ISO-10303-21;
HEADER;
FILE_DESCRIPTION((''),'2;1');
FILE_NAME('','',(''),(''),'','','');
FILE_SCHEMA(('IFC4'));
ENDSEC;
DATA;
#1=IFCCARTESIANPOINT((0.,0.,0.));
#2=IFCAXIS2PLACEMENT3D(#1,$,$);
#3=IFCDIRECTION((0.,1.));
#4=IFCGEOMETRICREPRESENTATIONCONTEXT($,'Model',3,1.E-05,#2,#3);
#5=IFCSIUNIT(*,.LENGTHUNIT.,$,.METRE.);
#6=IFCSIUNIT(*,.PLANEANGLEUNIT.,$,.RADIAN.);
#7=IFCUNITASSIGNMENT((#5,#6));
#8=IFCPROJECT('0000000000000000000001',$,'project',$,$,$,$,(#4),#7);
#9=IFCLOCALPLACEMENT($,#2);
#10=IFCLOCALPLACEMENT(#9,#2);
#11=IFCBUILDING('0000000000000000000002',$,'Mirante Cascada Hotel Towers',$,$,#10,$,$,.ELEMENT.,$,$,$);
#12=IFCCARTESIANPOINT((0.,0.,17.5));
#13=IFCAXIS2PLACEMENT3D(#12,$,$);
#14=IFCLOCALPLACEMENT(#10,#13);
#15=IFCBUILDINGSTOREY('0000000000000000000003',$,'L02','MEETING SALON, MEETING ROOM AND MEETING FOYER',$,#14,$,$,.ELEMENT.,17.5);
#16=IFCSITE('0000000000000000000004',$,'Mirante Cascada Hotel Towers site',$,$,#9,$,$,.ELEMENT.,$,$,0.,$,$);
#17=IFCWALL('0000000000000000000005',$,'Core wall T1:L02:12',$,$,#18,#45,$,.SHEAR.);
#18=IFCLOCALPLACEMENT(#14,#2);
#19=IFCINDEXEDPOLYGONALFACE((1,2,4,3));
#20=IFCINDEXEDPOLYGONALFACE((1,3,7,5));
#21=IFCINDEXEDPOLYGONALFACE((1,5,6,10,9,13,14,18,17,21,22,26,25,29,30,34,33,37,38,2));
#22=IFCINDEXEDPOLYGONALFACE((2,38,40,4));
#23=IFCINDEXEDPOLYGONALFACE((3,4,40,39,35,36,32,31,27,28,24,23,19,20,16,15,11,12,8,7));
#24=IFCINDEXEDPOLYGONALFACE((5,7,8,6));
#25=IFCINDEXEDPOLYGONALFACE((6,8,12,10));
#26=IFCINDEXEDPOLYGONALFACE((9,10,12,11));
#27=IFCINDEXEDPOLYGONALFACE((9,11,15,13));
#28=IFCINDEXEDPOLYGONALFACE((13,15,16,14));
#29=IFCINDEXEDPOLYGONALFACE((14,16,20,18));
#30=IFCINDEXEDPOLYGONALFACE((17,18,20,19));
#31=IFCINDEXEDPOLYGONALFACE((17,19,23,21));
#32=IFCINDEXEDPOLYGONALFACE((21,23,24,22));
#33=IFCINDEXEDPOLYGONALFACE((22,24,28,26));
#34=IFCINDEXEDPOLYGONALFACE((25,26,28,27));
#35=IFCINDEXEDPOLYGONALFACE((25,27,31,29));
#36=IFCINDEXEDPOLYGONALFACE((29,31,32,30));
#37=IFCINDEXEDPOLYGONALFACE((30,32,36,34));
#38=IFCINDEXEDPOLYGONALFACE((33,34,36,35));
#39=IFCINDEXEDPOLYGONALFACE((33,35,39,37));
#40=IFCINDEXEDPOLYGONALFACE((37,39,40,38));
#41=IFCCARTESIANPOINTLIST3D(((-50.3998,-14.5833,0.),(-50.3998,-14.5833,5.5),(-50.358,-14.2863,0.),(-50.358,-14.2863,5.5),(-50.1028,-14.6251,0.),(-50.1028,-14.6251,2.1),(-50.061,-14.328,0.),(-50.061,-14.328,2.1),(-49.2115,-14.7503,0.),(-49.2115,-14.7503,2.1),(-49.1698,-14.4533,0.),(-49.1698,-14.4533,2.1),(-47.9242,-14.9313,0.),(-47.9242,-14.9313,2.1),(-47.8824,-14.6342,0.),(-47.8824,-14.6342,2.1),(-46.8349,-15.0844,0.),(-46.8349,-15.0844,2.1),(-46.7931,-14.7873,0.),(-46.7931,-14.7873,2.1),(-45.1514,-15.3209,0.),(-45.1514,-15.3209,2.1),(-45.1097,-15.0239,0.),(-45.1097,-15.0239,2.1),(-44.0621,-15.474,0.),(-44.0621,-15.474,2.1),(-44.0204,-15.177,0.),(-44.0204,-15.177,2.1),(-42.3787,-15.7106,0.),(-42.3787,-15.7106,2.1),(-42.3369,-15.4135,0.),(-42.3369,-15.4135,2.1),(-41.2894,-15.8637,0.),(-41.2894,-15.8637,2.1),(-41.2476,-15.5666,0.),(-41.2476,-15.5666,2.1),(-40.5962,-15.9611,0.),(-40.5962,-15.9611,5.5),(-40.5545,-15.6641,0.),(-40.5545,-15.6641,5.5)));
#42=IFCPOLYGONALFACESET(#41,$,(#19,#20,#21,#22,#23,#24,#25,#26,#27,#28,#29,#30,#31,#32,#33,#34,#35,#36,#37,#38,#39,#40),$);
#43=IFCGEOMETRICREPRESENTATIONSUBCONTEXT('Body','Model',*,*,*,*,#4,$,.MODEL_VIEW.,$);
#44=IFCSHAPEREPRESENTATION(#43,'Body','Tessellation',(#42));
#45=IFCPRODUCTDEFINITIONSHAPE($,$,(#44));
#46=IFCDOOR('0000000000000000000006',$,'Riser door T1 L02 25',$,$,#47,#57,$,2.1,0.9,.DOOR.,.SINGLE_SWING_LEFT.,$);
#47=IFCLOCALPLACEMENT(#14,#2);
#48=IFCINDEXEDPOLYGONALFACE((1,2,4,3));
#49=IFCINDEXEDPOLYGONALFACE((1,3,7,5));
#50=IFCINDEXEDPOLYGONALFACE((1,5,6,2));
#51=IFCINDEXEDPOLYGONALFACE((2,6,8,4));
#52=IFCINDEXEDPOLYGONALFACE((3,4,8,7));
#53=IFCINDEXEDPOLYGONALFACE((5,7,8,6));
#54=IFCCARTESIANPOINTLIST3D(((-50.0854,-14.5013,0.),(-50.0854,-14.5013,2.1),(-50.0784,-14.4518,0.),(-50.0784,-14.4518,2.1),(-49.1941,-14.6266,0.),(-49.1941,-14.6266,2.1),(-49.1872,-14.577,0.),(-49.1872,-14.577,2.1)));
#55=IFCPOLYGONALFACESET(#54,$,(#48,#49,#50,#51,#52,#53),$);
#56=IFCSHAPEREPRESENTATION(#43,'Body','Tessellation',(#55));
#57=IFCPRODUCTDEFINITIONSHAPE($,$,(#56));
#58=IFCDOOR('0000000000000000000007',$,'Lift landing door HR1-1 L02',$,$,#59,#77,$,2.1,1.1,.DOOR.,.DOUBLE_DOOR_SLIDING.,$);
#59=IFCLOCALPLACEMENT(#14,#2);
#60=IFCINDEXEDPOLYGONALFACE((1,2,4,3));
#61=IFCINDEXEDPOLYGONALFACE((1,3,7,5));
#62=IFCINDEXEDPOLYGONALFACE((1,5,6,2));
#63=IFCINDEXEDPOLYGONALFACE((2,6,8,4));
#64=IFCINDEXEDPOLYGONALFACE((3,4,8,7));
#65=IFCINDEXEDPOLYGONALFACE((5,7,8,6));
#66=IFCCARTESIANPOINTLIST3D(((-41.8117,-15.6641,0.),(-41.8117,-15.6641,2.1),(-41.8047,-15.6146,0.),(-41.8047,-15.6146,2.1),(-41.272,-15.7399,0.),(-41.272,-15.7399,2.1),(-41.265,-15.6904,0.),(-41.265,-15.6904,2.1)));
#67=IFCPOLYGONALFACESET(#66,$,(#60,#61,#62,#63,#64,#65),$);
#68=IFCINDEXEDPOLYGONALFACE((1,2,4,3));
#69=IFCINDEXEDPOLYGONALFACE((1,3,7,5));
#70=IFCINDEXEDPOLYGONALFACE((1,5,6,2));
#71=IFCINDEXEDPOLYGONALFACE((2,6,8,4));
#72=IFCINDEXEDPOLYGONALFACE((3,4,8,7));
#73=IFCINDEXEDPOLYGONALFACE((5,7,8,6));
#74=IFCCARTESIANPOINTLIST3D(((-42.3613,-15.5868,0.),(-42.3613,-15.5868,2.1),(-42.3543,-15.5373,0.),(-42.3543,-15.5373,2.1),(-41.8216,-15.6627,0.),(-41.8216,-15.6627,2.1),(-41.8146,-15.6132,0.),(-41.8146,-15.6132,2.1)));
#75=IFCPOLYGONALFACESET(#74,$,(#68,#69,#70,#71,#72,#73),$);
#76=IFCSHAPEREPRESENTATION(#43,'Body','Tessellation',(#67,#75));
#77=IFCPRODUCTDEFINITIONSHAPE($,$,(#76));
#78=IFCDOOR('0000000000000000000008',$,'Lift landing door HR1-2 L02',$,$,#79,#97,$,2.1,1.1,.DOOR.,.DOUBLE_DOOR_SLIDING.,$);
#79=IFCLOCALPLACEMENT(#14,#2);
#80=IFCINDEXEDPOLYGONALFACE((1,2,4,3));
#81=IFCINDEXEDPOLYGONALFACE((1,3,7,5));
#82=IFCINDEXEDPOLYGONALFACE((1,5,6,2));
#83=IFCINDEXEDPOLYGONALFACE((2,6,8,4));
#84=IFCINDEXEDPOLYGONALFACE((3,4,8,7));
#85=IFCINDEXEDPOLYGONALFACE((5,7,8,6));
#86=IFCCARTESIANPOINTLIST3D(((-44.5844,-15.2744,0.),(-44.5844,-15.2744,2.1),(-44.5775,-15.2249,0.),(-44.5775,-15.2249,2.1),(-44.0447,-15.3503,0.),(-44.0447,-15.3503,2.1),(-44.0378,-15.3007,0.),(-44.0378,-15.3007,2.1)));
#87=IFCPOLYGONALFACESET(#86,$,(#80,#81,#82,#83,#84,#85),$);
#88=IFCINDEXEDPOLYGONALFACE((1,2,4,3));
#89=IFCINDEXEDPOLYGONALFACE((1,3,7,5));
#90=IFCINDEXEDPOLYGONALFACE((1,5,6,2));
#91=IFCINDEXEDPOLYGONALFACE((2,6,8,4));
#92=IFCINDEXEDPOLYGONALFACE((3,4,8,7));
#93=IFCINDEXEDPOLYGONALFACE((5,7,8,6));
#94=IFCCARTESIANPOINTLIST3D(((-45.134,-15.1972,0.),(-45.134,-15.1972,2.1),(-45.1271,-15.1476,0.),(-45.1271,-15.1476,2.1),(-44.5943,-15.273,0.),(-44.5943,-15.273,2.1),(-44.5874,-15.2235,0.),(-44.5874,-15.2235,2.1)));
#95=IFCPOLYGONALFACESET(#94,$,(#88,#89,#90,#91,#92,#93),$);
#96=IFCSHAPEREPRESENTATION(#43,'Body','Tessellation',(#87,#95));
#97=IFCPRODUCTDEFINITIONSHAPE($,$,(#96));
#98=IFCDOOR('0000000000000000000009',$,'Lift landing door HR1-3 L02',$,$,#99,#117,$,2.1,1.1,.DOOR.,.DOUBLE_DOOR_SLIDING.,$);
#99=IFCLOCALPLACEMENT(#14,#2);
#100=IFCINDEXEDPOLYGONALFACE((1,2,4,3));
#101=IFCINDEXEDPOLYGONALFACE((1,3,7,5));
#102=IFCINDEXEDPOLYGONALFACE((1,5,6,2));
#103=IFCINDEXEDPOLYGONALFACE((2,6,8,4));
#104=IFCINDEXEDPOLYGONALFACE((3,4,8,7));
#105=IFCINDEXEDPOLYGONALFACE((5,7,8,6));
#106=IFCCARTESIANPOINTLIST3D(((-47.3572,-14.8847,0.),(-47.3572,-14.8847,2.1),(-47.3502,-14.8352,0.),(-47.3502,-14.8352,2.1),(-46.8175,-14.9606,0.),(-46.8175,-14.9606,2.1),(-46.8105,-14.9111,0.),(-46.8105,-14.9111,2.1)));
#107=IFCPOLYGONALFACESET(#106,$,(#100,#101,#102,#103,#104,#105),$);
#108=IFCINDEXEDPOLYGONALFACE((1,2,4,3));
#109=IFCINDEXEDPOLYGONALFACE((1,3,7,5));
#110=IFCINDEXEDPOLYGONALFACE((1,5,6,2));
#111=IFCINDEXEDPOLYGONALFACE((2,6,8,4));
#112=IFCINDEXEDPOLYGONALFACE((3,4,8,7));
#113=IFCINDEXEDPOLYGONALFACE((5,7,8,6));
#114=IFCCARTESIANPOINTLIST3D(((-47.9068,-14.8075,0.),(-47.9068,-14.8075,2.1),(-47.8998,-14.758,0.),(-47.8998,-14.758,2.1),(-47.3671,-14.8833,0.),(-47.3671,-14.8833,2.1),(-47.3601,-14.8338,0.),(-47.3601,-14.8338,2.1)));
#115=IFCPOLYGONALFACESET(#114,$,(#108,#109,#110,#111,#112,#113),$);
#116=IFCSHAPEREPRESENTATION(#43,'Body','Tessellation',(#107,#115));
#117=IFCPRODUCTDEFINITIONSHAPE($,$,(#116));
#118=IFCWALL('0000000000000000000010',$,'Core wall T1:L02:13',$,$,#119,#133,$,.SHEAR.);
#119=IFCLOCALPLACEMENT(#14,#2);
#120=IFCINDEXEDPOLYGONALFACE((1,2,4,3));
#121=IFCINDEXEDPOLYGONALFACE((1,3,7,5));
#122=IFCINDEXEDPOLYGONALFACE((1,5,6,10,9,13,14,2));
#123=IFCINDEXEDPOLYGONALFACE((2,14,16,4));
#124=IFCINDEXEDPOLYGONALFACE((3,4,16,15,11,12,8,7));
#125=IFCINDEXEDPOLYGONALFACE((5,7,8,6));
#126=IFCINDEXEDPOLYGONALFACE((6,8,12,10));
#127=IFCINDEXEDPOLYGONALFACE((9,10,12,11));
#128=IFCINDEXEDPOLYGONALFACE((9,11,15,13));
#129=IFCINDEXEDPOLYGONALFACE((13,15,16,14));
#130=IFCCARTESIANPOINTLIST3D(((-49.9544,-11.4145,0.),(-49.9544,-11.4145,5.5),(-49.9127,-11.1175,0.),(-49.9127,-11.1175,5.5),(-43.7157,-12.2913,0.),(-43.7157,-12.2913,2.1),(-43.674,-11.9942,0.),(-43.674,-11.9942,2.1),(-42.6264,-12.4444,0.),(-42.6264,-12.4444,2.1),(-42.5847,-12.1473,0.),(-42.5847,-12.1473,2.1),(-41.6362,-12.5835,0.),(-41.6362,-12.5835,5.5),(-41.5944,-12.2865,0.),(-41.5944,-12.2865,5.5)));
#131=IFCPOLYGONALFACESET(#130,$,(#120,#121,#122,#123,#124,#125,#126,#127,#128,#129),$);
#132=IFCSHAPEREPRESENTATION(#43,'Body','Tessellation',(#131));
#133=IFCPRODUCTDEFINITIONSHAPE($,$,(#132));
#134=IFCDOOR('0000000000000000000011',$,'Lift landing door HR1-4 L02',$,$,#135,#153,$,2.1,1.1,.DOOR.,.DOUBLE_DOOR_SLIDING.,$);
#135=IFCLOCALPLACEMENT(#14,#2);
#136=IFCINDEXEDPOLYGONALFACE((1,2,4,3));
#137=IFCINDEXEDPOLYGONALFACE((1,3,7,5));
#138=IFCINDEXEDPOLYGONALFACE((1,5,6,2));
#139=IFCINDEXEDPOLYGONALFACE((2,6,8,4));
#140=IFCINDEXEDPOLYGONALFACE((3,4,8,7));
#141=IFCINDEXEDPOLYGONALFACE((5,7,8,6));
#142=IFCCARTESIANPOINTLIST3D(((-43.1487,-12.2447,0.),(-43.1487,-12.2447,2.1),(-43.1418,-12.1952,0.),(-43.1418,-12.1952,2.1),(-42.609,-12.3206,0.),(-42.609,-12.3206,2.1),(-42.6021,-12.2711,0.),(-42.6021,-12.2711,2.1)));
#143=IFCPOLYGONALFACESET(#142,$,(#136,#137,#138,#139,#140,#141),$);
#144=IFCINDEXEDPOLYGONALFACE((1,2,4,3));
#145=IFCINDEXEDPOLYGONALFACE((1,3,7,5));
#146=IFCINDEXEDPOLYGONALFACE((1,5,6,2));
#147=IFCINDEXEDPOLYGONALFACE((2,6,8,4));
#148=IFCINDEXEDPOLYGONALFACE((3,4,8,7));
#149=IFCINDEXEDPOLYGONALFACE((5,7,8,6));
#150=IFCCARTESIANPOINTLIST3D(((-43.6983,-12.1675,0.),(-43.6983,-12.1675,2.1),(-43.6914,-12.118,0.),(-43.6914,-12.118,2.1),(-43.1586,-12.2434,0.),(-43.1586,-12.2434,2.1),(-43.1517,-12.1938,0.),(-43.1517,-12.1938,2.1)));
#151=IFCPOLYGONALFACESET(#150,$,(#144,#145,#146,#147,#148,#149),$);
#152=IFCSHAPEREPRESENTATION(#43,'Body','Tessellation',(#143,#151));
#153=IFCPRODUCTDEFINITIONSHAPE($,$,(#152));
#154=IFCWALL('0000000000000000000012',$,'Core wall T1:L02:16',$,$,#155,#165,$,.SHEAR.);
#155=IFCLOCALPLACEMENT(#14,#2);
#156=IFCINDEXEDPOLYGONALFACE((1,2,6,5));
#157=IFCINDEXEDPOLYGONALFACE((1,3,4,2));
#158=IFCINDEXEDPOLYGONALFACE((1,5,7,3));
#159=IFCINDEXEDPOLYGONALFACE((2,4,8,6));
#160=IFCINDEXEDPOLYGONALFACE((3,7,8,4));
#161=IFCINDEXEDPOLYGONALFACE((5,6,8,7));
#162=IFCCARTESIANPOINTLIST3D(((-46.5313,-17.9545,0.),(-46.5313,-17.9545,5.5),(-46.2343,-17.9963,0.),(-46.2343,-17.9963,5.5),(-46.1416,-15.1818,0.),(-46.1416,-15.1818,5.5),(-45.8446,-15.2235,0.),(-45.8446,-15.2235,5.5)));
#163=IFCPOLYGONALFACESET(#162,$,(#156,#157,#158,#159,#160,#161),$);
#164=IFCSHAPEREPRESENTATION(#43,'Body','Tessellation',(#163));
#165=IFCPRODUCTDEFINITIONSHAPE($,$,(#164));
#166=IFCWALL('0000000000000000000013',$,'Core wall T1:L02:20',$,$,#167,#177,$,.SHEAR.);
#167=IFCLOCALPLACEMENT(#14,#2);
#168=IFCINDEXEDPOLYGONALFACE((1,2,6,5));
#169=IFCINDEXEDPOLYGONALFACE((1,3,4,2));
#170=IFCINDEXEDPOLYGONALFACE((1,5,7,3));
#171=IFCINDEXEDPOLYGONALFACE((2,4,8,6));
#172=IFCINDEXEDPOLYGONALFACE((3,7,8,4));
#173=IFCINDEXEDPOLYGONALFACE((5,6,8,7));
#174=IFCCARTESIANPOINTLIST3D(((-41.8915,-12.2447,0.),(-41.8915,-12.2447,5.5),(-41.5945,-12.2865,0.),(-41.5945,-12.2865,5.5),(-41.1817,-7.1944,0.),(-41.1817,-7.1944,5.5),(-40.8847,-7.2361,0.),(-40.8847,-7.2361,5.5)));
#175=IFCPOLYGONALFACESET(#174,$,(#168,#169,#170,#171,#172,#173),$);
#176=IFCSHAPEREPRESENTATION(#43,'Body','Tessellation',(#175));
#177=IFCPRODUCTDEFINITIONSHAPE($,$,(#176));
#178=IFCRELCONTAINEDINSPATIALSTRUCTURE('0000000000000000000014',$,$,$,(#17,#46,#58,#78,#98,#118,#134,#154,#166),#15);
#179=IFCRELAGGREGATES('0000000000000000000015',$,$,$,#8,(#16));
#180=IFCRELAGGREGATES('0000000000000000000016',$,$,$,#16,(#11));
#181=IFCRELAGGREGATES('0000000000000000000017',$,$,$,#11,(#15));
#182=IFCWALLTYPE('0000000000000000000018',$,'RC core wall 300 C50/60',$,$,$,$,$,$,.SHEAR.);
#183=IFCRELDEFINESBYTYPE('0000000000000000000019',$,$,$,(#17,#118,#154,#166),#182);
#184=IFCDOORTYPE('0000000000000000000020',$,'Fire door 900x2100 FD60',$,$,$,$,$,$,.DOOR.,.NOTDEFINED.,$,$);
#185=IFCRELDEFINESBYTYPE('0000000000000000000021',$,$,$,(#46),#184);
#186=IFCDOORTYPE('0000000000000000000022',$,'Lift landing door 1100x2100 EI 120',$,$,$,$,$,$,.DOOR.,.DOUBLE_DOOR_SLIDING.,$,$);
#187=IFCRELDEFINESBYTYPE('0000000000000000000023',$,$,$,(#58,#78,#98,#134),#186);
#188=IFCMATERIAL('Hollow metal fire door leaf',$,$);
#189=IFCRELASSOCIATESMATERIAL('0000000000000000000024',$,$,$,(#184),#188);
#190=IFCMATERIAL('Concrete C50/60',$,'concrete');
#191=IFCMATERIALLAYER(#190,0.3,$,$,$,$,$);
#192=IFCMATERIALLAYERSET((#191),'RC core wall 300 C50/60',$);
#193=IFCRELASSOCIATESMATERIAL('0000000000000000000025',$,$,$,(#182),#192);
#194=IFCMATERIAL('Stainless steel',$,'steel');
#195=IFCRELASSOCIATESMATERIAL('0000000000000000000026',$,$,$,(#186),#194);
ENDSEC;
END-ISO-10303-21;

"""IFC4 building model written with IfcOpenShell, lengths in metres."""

from ifc_helpers import new_model, si_unit, direction, frame, frame_2d, origin, place, context, subcontext, project, spatial, rectangle, extrude, material, layer, layer_set, type_object, element, fill, save


model = new_model("IFC4")

# Units and contexts
model_context = context("Model", 3, precision=1e-05, world=origin(), true_north=direction((0.0, 1.0)))
body_context = subcontext(model_context, "Body", "Model", "MODEL_VIEW")
ifc_project = project(units=[si_unit("LENGTHUNIT", "METRE"), si_unit("PLANEANGLEUNIT", "RADIAN")], contexts=[model_context])

# Site, building, storey
site_placement = place(None, origin())
site = spatial("IfcSite", under=ifc_project, at=site_placement, Name="Mirante Cascada Hotel Towers site", CompositionType="ELEMENT", RefElevation=0.0)
building_placement = place(site_placement, origin())
building = spatial("IfcBuilding", under=site, at=building_placement, Name="Mirante Cascada Hotel Towers", CompositionType="ELEMENT")
storey_placement = place(building_placement, frame((0.0, 0.0, 17.5)))
storey = spatial("IfcBuildingStorey", under=building, at=storey_placement, Name="L02", Description="MEETING SALON, MEETING ROOM AND MEETING FOYER", CompositionType="ELEMENT", Elevation=17.5)

# Shared definitions
ifc_material_1 = material(Name="Hollow metal fire door leaf")
door_type_1 = type_object("IfcDoorType", Name="Fire door 900x2100 FD60", OperationType="NOTDEFINED", PredefinedType="DOOR", material=ifc_material_1)

# Wall, openings, doors
ifc_material_2 = material(Name="Concrete C50/60", Category="concrete")
ifc_layer_1 = layer(ifc_material_2, 0.3)
ifc_layer_set_1 = layer_set([ifc_layer_1], Name="RC core wall 300 C50/60")
wall_type_1 = type_object("IfcWallType", Name="RC core wall 300 C50/60", PredefinedType="SHEAR", material=ifc_layer_set_1)
wall_1_placement = place(storey_placement, frame((-40.5753, -15.8126, 0.0), z_axis=(0.0, 0.0, 1.0), x_axis=(-0.990268, 0.139173, 0.0)))
wall_1 = element("IfcWall", 1, at=wall_1_placement, inside=storey, type_object=wall_type_1, Name="Core wall T1:L02:12", PredefinedType="SHEAR", context=body_context, shape_type="SweptSolid", body=[
    extrude(rectangle(XDim=9.8999, YDim=0.3, at=frame_2d((4.95, 0.0))), origin(), (0.0, 0.0, 1.0), 5.5),
])
opening_1_placement = place(wall_1_placement, frame((0.7, 0.0, 0.0)))
opening_1 = element("IfcOpeningElement", 2, at=opening_1_placement, cuts=wall_1, PredefinedType="OPENING", context=body_context, shape_type="SweptSolid", body=[
    extrude(rectangle(XDim=1.1, YDim=2.1, at=frame_2d((0.55, 1.05))), frame((0.0, 0.15, 0.0), z_axis=(0.0, -1.0, 0.0), x_axis=(1.0, 0.0, 0.0)), (0.0, 0.0, 1.0), 0.3),
])
opening_2_placement = place(wall_1_placement, frame((3.5, 0.0, 0.0)))
opening_2 = element("IfcOpeningElement", 3, at=opening_2_placement, cuts=wall_1, PredefinedType="OPENING", context=body_context, shape_type="SweptSolid", body=[
    extrude(rectangle(XDim=1.1, YDim=2.1, at=frame_2d((0.55, 1.05))), frame((0.0, 0.15, 0.0), z_axis=(0.0, -1.0, 0.0), x_axis=(1.0, 0.0, 0.0)), (0.0, 0.0, 1.0), 0.3),
])
opening_3_placement = place(wall_1_placement, frame((6.3, 0.0, 0.0)))
opening_3 = element("IfcOpeningElement", 4, at=opening_3_placement, cuts=wall_1, PredefinedType="OPENING", context=body_context, shape_type="SweptSolid", body=[
    extrude(rectangle(XDim=1.1, YDim=2.1, at=frame_2d((0.55, 1.05))), frame((0.0, 0.15, 0.0), z_axis=(0.0, -1.0, 0.0), x_axis=(1.0, 0.0, 0.0)), (0.0, 0.0, 1.0), 0.3),
])
opening_4_placement = place(wall_1_placement, frame((8.7, 0.0, 0.0)))
opening_4 = element("IfcOpeningElement", 5, at=opening_4_placement, cuts=wall_1, PredefinedType="OPENING", context=body_context, shape_type="SweptSolid", body=[
    extrude(rectangle(XDim=0.9, YDim=2.1, at=frame_2d((0.45, 1.05))), frame((0.0, 0.15, 0.0), z_axis=(0.0, -1.0, 0.0), x_axis=(1.0, 0.0, 0.0)), (0.0, 0.0, 1.0), 0.3),
])
door_1_placement = place(opening_4_placement, origin())
door_1 = element("IfcDoor", 6, at=door_1_placement, inside=storey, type_object=door_type_1, Name="Riser door T1 L02 25", OperationType="SINGLE_SWING_LEFT", OverallHeight=2.1, OverallWidth=0.9, PredefinedType="DOOR", context=body_context, shape_type="SweptSolid", body=[
    extrude(rectangle(XDim=0.9, YDim=2.1, at=frame_2d((0.45, 1.05))), frame((0.0, 0.025, 0.0), z_axis=(0.0, -1.0, 0.0), x_axis=(1.0, 0.0, 0.0)), (0.0, 0.0, 1.0), 0.05),
])
fill(opening_4, door_1)
ifc_material_3 = material(Name="Stainless steel", Category="steel")
door_type_2 = type_object("IfcDoorType", Name="Lift landing door 1100x2100 EI 120", OperationType="DOUBLE_DOOR_SLIDING", PredefinedType="DOOR", material=ifc_material_3)
door_2_placement = place(opening_1_placement, origin())
door_2 = element("IfcDoor", 7, at=door_2_placement, inside=storey, type_object=door_type_2, Name="Lift landing door HR1-1 L02", OperationType="DOUBLE_DOOR_SLIDING", OverallHeight=2.1, OverallWidth=1.1, PredefinedType="DOOR", context=body_context, shape_type="SweptSolid", body=[
    extrude(rectangle(XDim=0.545, YDim=2.1, at=frame_2d((0.2725, 1.05))), frame((0.0, 0.025, 0.0), z_axis=(0.0, -1.0, 0.0), x_axis=(1.0, 0.0, 0.0)), (0.0, 0.0, 1.0), 0.05),
    extrude(rectangle(XDim=0.545, YDim=2.1, at=frame_2d((0.8275, 1.05))), frame((0.0, 0.025, 0.0), z_axis=(0.0, -1.0, 0.0), x_axis=(1.0, 0.0, 0.0)), (0.0, 0.0, 1.0), 0.05),
])
fill(opening_1, door_2)
door_3_placement = place(opening_2_placement, origin())
door_3 = element("IfcDoor", 8, at=door_3_placement, inside=storey, type_object=door_type_2, Name="Lift landing door HR1-2 L02", OperationType="DOUBLE_DOOR_SLIDING", OverallHeight=2.1, OverallWidth=1.1, PredefinedType="DOOR", context=body_context, shape_type="SweptSolid", body=[
    extrude(rectangle(XDim=0.545, YDim=2.1, at=frame_2d((0.2725, 1.05))), frame((0.0, 0.025, 0.0), z_axis=(0.0, -1.0, 0.0), x_axis=(1.0, 0.0, 0.0)), (0.0, 0.0, 1.0), 0.05),
    extrude(rectangle(XDim=0.545, YDim=2.1, at=frame_2d((0.8275, 1.05))), frame((0.0, 0.025, 0.0), z_axis=(0.0, -1.0, 0.0), x_axis=(1.0, 0.0, 0.0)), (0.0, 0.0, 1.0), 0.05),
])
fill(opening_2, door_3)
door_4_placement = place(opening_3_placement, origin())
door_4 = element("IfcDoor", 9, at=door_4_placement, inside=storey, type_object=door_type_2, Name="Lift landing door HR1-3 L02", OperationType="DOUBLE_DOOR_SLIDING", OverallHeight=2.1, OverallWidth=1.1, PredefinedType="DOOR", context=body_context, shape_type="SweptSolid", body=[
    extrude(rectangle(XDim=0.545, YDim=2.1, at=frame_2d((0.2725, 1.05))), frame((0.0, 0.025, 0.0), z_axis=(0.0, -1.0, 0.0), x_axis=(1.0, 0.0, 0.0)), (0.0, 0.0, 1.0), 0.05),
    extrude(rectangle(XDim=0.545, YDim=2.1, at=frame_2d((0.8275, 1.05))), frame((0.0, 0.025, 0.0), z_axis=(0.0, -1.0, 0.0), x_axis=(1.0, 0.0, 0.0)), (0.0, 0.0, 1.0), 0.05),
])
fill(opening_3, door_4)

# Wall, opening, door
wall_2_placement = place(storey_placement, frame((-41.6153, -12.435, 0.0), z_axis=(0.0, 0.0, 1.0), x_axis=(-0.990269, 0.139166, 0.0)))
wall_2 = element("IfcWall", 10, at=wall_2_placement, inside=storey, type_object=wall_type_1, Name="Core wall T1:L02:13", PredefinedType="SHEAR", context=body_context, shape_type="SweptSolid", body=[
    extrude(rectangle(XDim=8.4, YDim=0.3, at=frame_2d((4.2, 0.0))), origin(), (0.0, 0.0, 1.0), 5.5),
])
opening_5_placement = place(wall_2_placement, frame((1.0, 0.0, 0.0)))
opening_5 = element("IfcOpeningElement", 11, at=opening_5_placement, cuts=wall_2, PredefinedType="OPENING", context=body_context, shape_type="SweptSolid", body=[
    extrude(rectangle(XDim=1.1, YDim=2.1, at=frame_2d((0.55, 1.05))), frame((0.0, 0.15, 0.0), z_axis=(0.0, -1.0, 0.0), x_axis=(1.0, 0.0, 0.0)), (0.0, 0.0, 1.0), 0.3),
])
door_5_placement = place(opening_5_placement, origin())
door_5 = element("IfcDoor", 12, at=door_5_placement, inside=storey, type_object=door_type_2, Name="Lift landing door HR1-4 L02", OperationType="DOUBLE_DOOR_SLIDING", OverallHeight=2.1, OverallWidth=1.1, PredefinedType="DOOR", context=body_context, shape_type="SweptSolid", body=[
    extrude(rectangle(XDim=0.545, YDim=2.1, at=frame_2d((0.2725, 1.05))), frame((0.0, 0.025, 0.0), z_axis=(0.0, -1.0, 0.0), x_axis=(1.0, 0.0, 0.0)), (0.0, 0.0, 1.0), 0.05),
    extrude(rectangle(XDim=0.545, YDim=2.1, at=frame_2d((0.8275, 1.05))), frame((0.0, 0.025, 0.0), z_axis=(0.0, -1.0, 0.0), x_axis=(1.0, 0.0, 0.0)), (0.0, 0.0, 1.0), 0.05),
])
fill(opening_5, door_5)

# Walls
wall_3_placement = place(storey_placement, frame((-46.3828, -17.9754, 0.0), z_axis=(0.0, 0.0, 1.0), x_axis=(0.139181, 0.990267, 0.0)))
element("IfcWall", 13, at=wall_3_placement, inside=storey, type_object=wall_type_1, Name="Core wall T1:L02:16", PredefinedType="SHEAR", context=body_context, shape_type="SweptSolid", body=[
    extrude(rectangle(XDim=2.8, YDim=0.3, at=frame_2d((1.4, 0.0))), origin(), (0.0, 0.0, 1.0), 5.5),
])
wall_4_placement = place(storey_placement, frame((-41.743, -12.2656, 0.0), z_axis=(0.0, 0.0, 1.0), x_axis=(0.139176, 0.990268, 0.0)))
element("IfcWall", 14, at=wall_4_placement, inside=storey, type_object=wall_type_1, Name="Core wall T1:L02:20", PredefinedType="SHEAR", context=body_context, shape_type="SweptSolid", body=[
    extrude(rectangle(XDim=5.1, YDim=0.3, at=frame_2d((2.55, 0.0))), origin(), (0.0, 0.0, 1.0), 5.5),
])

save(model, "model.ifc")
